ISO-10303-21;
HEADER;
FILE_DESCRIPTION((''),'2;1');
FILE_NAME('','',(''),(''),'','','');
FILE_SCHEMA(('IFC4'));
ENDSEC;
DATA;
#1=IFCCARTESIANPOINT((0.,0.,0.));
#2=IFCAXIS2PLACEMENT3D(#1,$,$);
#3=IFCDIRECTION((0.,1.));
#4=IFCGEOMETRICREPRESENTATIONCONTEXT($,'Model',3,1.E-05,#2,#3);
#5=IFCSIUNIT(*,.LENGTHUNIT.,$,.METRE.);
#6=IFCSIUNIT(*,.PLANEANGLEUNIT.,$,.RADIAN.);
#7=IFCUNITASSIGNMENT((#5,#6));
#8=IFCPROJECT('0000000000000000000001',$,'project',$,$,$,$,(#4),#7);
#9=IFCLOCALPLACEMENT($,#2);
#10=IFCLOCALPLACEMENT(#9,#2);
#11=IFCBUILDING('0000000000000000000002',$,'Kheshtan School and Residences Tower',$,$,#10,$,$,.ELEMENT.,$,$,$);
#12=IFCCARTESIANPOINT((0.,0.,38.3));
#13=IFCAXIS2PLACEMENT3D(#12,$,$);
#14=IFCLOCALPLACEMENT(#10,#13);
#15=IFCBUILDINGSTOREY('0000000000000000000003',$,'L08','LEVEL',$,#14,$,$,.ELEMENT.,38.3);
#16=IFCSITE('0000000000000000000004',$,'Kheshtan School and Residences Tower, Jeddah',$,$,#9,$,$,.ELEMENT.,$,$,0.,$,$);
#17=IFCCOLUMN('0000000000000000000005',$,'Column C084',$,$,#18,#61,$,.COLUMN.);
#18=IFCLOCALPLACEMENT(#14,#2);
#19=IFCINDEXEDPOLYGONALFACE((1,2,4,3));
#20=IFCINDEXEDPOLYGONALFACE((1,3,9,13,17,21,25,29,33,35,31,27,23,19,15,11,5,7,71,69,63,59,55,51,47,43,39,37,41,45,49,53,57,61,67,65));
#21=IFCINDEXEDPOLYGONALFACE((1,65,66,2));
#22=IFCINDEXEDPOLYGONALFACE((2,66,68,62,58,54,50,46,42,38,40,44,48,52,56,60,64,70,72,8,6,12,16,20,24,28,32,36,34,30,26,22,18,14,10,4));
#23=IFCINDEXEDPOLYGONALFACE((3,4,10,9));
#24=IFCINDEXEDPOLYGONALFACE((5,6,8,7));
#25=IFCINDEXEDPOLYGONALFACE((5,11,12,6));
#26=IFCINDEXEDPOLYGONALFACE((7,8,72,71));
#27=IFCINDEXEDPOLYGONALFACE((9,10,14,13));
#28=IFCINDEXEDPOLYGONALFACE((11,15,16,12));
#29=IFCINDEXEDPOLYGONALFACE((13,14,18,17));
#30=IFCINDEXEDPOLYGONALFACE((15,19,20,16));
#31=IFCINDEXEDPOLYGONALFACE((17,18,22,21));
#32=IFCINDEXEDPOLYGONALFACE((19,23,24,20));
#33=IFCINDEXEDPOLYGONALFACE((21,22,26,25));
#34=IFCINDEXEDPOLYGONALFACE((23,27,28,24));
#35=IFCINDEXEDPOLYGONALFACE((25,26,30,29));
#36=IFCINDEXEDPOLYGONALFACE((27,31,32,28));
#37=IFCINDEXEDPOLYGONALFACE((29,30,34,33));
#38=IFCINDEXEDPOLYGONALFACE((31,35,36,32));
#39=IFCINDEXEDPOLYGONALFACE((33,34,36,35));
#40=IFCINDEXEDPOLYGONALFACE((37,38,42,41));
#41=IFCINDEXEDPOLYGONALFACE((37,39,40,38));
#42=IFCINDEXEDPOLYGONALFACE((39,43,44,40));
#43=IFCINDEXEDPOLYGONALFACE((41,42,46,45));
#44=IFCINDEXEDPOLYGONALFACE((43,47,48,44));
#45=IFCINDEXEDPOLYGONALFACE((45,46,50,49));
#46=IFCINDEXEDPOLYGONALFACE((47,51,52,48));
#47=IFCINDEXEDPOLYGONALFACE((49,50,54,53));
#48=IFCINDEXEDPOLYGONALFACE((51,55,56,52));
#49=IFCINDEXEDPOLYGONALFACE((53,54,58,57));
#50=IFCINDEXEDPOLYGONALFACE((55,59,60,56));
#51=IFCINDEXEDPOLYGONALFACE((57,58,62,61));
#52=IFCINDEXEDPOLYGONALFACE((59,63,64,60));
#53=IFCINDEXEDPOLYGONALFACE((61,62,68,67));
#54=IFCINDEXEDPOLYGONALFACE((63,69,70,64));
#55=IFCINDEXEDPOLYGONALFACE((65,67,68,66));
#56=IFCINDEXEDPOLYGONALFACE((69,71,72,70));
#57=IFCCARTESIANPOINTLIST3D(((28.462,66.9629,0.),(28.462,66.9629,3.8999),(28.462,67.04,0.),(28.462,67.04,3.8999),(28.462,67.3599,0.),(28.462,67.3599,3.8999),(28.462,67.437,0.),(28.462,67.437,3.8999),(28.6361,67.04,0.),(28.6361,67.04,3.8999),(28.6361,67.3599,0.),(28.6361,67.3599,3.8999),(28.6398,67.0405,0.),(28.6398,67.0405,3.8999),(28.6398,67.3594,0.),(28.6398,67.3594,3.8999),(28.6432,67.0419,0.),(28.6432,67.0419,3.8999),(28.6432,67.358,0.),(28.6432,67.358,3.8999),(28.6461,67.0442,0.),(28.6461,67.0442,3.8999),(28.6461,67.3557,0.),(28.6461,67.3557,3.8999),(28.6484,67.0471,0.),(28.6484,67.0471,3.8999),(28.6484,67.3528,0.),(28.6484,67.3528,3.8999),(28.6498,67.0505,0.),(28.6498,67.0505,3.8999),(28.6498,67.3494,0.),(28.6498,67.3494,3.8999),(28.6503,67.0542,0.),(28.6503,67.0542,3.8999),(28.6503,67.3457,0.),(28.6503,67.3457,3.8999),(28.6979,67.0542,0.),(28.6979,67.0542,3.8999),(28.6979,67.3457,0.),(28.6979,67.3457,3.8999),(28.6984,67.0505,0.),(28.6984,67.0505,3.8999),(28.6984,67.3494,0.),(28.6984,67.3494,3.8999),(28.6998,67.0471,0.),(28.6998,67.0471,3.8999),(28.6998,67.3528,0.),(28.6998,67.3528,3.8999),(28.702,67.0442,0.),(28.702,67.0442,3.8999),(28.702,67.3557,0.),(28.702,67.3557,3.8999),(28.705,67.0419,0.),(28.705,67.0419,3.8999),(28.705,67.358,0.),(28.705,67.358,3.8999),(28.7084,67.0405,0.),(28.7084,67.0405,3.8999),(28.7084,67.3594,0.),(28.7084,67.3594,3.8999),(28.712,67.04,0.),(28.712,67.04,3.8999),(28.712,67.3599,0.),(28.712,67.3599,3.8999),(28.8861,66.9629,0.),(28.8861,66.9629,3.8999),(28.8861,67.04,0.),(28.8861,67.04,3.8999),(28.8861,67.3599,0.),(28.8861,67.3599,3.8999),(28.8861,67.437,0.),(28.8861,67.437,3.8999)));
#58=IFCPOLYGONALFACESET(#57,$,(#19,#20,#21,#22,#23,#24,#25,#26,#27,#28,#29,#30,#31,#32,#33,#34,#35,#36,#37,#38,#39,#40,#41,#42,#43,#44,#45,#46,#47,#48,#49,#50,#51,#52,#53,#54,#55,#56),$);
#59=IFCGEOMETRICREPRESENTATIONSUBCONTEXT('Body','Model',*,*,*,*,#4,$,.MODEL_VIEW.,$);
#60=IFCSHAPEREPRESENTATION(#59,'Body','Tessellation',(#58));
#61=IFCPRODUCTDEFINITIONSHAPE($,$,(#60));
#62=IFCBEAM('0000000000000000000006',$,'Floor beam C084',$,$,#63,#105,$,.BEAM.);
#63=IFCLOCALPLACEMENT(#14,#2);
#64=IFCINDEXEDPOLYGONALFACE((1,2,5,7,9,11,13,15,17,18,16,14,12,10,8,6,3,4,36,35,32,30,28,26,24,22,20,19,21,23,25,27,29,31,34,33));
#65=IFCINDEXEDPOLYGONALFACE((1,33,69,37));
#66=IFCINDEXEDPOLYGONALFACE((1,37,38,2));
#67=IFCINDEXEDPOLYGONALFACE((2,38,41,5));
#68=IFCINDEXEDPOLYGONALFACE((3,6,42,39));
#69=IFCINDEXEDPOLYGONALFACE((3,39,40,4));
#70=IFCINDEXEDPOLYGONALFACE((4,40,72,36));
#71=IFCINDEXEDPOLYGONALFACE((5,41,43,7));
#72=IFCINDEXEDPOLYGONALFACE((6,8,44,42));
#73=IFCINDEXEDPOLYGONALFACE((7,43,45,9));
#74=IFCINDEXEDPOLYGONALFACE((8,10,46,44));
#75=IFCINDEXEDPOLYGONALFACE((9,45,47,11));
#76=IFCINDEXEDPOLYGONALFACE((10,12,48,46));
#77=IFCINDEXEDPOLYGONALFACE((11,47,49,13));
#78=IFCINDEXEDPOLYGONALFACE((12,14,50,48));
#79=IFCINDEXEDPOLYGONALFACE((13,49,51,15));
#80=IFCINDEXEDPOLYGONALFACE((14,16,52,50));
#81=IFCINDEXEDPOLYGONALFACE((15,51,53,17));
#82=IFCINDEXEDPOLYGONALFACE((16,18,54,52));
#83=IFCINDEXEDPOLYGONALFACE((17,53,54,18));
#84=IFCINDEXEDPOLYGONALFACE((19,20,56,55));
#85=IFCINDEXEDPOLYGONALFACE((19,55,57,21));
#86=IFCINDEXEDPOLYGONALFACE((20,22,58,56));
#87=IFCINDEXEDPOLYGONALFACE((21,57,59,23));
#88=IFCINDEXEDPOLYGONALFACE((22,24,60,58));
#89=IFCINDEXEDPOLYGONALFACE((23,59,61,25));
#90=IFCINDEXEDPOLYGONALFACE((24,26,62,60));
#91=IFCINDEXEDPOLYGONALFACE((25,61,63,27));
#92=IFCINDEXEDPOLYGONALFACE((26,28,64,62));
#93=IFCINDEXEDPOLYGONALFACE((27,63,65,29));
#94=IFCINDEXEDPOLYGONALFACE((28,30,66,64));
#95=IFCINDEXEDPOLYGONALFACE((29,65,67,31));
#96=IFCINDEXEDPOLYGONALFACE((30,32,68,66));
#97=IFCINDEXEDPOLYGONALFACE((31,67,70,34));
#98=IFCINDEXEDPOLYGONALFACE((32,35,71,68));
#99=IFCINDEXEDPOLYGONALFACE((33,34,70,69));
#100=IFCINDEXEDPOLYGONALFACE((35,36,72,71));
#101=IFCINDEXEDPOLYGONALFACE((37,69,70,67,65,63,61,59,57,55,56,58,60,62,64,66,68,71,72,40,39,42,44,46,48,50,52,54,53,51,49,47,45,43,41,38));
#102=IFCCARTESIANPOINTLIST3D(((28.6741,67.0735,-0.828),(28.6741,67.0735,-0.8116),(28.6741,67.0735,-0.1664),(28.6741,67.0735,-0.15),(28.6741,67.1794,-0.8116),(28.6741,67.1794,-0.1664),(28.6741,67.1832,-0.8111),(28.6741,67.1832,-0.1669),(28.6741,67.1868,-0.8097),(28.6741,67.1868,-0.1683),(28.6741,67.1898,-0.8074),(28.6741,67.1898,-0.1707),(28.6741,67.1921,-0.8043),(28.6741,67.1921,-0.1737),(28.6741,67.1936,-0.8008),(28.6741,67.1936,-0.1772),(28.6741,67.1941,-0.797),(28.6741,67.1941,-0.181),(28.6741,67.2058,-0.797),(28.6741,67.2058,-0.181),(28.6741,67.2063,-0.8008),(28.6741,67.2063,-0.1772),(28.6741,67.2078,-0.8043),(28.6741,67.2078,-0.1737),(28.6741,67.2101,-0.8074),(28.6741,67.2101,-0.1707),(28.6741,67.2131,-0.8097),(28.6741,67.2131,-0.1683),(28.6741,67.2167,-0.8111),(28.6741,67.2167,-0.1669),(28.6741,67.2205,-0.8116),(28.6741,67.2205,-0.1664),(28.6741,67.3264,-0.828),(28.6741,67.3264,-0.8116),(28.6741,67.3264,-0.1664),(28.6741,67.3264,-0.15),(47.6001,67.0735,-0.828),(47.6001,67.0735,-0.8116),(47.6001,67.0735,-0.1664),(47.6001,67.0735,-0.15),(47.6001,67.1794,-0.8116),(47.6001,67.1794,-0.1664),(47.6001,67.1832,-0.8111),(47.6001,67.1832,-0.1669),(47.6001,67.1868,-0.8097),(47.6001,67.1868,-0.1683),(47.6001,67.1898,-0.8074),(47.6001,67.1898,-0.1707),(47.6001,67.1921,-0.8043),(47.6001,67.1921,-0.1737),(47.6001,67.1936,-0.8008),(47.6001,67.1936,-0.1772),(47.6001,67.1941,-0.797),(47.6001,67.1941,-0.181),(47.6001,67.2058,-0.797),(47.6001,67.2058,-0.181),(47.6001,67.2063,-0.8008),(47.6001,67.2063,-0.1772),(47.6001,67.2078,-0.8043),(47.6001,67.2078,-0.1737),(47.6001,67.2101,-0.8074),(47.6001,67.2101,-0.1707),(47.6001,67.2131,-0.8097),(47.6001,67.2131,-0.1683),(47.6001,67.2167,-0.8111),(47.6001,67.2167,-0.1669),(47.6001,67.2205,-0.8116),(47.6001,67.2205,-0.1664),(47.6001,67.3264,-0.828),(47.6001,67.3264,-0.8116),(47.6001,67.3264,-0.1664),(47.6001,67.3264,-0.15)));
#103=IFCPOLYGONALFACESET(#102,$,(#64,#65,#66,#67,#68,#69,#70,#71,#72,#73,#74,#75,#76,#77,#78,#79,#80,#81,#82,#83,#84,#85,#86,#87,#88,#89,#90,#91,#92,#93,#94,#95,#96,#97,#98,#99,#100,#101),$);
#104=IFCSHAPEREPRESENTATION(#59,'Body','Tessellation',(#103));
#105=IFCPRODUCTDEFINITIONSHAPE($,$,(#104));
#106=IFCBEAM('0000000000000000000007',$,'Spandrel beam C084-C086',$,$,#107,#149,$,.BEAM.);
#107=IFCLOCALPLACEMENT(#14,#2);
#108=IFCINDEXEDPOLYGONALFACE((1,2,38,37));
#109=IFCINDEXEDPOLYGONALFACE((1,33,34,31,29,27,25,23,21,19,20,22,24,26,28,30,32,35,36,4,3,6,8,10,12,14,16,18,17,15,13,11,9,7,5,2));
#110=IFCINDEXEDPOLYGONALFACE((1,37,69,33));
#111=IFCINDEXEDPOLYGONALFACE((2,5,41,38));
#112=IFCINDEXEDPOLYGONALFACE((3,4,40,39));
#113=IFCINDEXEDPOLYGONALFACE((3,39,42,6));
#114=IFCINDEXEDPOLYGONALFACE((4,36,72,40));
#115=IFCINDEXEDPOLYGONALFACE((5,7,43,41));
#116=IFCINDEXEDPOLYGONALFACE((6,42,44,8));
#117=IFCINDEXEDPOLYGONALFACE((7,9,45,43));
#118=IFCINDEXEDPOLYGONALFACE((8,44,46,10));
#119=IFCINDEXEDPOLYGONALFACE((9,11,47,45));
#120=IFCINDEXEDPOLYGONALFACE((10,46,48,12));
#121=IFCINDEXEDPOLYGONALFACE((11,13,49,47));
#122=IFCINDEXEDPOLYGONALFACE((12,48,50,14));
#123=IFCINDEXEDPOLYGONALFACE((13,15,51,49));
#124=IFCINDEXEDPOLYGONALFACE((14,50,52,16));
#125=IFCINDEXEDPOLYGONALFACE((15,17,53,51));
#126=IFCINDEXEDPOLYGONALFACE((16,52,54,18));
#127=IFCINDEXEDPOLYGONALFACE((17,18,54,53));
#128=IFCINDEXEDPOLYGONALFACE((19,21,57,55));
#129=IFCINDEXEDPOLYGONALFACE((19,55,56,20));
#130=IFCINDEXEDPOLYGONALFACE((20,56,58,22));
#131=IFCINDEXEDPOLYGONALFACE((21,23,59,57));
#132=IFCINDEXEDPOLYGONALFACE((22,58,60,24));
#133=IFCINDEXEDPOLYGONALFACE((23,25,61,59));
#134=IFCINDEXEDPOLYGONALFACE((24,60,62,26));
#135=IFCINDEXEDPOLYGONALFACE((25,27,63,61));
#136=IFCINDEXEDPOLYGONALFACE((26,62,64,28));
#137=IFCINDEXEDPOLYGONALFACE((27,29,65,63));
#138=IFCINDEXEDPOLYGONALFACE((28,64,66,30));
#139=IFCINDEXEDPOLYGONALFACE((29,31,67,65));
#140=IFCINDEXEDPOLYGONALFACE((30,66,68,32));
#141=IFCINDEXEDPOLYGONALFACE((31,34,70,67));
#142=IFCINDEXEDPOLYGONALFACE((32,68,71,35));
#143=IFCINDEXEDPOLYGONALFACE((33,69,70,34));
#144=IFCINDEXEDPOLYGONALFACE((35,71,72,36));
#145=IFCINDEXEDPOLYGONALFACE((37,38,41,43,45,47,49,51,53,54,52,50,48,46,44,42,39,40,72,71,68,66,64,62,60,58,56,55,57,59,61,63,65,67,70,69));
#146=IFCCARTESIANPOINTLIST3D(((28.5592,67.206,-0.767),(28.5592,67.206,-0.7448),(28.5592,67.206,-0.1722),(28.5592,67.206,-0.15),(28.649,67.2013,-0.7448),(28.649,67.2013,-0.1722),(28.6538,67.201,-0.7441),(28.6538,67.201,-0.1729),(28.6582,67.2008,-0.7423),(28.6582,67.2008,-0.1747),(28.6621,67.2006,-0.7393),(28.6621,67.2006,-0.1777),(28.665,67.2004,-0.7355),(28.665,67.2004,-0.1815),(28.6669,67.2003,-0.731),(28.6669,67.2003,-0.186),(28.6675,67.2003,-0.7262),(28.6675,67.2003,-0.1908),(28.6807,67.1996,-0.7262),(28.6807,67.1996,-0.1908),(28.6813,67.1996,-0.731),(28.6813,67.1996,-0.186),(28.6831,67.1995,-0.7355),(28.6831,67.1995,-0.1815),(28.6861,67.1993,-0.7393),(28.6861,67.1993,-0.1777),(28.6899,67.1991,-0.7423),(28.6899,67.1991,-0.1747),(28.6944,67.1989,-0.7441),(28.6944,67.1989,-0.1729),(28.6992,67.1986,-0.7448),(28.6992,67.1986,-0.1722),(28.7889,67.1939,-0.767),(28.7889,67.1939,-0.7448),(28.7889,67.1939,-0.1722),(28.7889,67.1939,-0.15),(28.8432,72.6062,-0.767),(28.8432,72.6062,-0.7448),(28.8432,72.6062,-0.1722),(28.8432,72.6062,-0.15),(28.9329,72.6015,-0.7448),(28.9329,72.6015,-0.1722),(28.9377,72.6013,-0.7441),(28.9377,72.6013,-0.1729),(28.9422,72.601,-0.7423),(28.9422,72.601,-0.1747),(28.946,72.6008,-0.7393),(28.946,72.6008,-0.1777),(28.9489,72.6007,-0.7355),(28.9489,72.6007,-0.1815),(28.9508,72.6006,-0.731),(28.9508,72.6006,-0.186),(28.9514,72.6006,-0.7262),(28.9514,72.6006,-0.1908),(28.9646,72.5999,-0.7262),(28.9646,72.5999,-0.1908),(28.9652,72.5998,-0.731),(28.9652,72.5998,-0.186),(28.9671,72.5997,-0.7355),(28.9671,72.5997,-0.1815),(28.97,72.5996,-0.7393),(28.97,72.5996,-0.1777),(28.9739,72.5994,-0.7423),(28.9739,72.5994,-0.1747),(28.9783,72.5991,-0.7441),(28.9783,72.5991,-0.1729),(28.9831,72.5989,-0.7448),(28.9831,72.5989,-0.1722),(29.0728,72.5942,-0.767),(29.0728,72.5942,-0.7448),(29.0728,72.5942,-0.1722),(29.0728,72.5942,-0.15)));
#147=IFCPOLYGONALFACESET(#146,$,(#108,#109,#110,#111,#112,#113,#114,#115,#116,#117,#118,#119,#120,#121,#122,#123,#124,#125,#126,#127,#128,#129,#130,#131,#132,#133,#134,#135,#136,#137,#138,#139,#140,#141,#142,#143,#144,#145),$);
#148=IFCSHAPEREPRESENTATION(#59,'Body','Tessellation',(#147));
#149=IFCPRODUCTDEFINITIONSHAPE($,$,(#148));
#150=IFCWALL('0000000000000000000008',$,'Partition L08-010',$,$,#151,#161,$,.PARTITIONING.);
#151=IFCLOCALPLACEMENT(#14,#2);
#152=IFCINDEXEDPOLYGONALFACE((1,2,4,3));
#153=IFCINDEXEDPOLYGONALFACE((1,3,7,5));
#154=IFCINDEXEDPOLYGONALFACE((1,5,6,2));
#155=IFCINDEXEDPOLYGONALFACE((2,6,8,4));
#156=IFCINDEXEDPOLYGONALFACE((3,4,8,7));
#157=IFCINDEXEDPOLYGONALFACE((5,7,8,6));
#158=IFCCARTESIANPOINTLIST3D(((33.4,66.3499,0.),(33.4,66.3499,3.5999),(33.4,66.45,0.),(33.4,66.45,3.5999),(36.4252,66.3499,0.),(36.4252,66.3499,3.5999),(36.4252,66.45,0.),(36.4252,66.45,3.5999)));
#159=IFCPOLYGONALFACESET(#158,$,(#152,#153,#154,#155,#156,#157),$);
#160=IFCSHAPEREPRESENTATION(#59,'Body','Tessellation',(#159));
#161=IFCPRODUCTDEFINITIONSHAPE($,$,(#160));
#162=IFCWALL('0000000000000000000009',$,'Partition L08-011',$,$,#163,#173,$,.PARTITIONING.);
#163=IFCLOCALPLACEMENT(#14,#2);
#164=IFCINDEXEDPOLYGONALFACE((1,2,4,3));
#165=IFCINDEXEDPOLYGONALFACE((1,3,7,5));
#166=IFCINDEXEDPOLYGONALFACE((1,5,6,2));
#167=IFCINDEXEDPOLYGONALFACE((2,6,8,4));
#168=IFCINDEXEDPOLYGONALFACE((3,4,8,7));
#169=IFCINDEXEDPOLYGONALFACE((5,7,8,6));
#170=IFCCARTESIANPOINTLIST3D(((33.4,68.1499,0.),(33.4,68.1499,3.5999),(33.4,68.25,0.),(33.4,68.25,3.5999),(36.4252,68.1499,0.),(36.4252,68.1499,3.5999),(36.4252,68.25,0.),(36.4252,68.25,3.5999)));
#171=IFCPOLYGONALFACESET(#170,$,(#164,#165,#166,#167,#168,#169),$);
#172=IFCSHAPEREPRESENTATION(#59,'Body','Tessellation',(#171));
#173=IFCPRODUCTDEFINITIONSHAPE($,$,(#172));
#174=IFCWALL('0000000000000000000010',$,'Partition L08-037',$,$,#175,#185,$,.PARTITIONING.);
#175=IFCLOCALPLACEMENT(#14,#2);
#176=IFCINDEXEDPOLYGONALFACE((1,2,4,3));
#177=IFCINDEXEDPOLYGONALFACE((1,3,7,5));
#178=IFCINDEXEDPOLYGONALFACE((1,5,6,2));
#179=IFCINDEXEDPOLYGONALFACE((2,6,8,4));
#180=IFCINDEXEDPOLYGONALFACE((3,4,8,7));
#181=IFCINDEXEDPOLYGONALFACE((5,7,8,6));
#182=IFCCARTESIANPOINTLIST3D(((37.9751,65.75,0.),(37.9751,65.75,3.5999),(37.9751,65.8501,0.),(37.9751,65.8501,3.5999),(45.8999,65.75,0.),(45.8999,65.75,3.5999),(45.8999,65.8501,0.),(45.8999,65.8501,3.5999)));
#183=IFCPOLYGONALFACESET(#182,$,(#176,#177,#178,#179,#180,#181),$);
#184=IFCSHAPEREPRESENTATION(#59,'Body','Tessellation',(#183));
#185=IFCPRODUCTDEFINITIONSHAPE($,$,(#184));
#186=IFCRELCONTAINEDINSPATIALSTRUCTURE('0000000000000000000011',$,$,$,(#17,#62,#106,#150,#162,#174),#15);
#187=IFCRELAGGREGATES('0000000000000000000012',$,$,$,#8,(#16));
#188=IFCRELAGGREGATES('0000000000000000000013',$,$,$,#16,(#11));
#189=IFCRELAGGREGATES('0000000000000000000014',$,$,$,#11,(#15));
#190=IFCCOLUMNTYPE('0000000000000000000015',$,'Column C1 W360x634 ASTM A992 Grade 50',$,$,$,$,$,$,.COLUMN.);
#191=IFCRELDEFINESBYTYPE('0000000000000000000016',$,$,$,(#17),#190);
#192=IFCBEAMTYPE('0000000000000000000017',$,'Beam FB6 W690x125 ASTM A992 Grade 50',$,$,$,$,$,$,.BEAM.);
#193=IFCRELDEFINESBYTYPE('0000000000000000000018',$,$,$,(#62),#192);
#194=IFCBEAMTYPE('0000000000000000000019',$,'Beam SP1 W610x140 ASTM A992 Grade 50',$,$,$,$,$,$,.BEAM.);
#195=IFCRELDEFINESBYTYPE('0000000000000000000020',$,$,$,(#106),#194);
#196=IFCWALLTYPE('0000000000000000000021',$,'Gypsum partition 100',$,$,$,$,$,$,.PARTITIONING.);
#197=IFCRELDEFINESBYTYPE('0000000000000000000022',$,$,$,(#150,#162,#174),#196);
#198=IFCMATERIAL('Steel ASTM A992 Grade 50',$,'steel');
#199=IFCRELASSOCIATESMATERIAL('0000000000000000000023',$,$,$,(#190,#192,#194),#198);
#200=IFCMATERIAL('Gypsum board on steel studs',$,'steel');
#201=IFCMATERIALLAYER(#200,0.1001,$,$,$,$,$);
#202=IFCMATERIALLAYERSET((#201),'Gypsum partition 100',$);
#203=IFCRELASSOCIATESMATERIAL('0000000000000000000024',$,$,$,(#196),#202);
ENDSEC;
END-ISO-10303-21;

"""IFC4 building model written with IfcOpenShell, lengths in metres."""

from ifc_helpers import new_model, si_unit, direction, frame, frame_2d, origin, origin_2d, place, context, subcontext, project, spatial, rectangle, i_section, extrude, material, layer, layer_set, material_profile, profile_set, type_object, element, save


model = new_model("IFC4")

# Units and contexts
model_context = context("Model", 3, precision=1e-05, world=origin(), true_north=direction((0.0, 1.0)))
body_context = subcontext(model_context, "Body", "Model", "MODEL_VIEW")
ifc_project = project(units=[si_unit("LENGTHUNIT", "METRE"), si_unit("PLANEANGLEUNIT", "RADIAN")], contexts=[model_context])

# Site, building, storey
site_placement = place(None, origin())
site = spatial("IfcSite", under=ifc_project, at=site_placement, Name="Kheshtan School and Residences Tower, Jeddah", CompositionType="ELEMENT", RefElevation=0.0)
building_placement = place(site_placement, origin())
building = spatial("IfcBuilding", under=site, at=building_placement, Name="Kheshtan School and Residences Tower", CompositionType="ELEMENT")
storey_placement = place(building_placement, frame((0.0, 0.0, 38.3)))
storey = spatial("IfcBuildingStorey", under=building, at=storey_placement, Name="L08", Description="LEVEL", CompositionType="ELEMENT", Elevation=38.3)

# Column
ifc_material_1 = material(Name="Steel ASTM A992 Grade 50", Category="steel")
ifc_material_profile_1 = material_profile(ifc_material_1, i_section(OverallWidth=0.4241, OverallDepth=0.4741, WebThickness=0.0476, FlangeThickness=0.0771, FilletRadius=0.0142, at=origin_2d()), Name="W360x634")
ifc_profile_set_1 = profile_set([ifc_material_profile_1], Name="Steel ASTM A992 Grade 50")
column_type = type_object("IfcColumnType", Name="Column C1 W360x634 ASTM A992 Grade 50", PredefinedType="COLUMN", material=ifc_profile_set_1)
column_placement = place(storey_placement, frame((28.6741, 67.2, 0.0), z_axis=(0.0, 0.0, 1.0), x_axis=(1.0, 0.0, 0.0)))
element("IfcColumn", 1, at=column_placement, inside=storey, type_object=column_type, Name="Column C084", PredefinedType="COLUMN", context=body_context, shape_type="SweptSolid", body=[
    extrude(i_section(OverallWidth=0.4241, OverallDepth=0.4741, WebThickness=0.0476, FlangeThickness=0.0771, FilletRadius=0.0142, at=origin_2d()), origin(), (0.0, 0.0, 1.0), 3.8999),
])

# Beams
ifc_material_profile_2 = material_profile(ifc_material_1, i_section(OverallWidth=0.2529, OverallDepth=0.678, WebThickness=0.0117, FlangeThickness=0.0164, FilletRadius=0.0146, at=origin_2d()), Name="W690x125")
ifc_profile_set_2 = profile_set([ifc_material_profile_2], Name="Steel ASTM A992 Grade 50")
beam_type_1 = type_object("IfcBeamType", Name="Beam FB6 W690x125 ASTM A992 Grade 50", PredefinedType="BEAM", material=ifc_profile_set_2)
beam_1_placement = place(storey_placement, frame((28.6741, 67.2, -0.489), z_axis=(1.0, 0.0, 0.0), x_axis=(0.0, 1.0, 0.0)))
element("IfcBeam", 2, at=beam_1_placement, inside=storey, type_object=beam_type_1, Name="Floor beam C084", PredefinedType="BEAM", context=body_context, shape_type="SweptSolid", body=[
    extrude(i_section(OverallWidth=0.2529, OverallDepth=0.678, WebThickness=0.0117, FlangeThickness=0.0164, FilletRadius=0.0146, at=origin_2d()), origin(), (0.0, 0.0, 1.0), 18.926),
])
ifc_material_profile_3 = material_profile(ifc_material_1, i_section(OverallWidth=0.23, OverallDepth=0.6169, WebThickness=0.0132, FlangeThickness=0.0222, FilletRadius=0.0186, at=origin_2d()), Name="W610x140")
ifc_profile_set_3 = profile_set([ifc_material_profile_3], Name="Steel ASTM A992 Grade 50")
beam_type_2 = type_object("IfcBeamType", Name="Beam SP1 W610x140 ASTM A992 Grade 50", PredefinedType="BEAM", material=ifc_profile_set_3)
beam_2_placement = place(storey_placement, frame((28.6741, 67.2, -0.4585), z_axis=(0.052507, 0.998621, 0.0), x_axis=(-0.998621, 0.052507, 0.0)))
element("IfcBeam", 3, at=beam_2_placement, inside=storey, type_object=beam_type_2, Name="Spandrel beam C084-C086", PredefinedType="BEAM", context=body_context, shape_type="SweptSolid", body=[
    extrude(i_section(OverallWidth=0.23, OverallDepth=0.6169, WebThickness=0.0132, FlangeThickness=0.0222, FilletRadius=0.0186, at=origin_2d()), origin(), (0.0, 0.0, 1.0), 5.4077),
])

# Walls
ifc_material_2 = material(Name="Gypsum board on steel studs", Category="steel")
ifc_layer_1 = layer(ifc_material_2, 0.1001)
ifc_layer_set_1 = layer_set([ifc_layer_1], Name="Gypsum partition 100")
wall_type_1 = type_object("IfcWallType", Name="Gypsum partition 100", PredefinedType="PARTITIONING", material=ifc_layer_set_1)
for number, where, z_axis, x_axis, name in (
    (4, (33.3999, 66.3999, 0.0), (0.0, 0.0, 1.0), (1.0, 0.0, 0.0), "Partition L08-010"),
    (5, (33.3999, 68.2, 0.0), (0.0, 0.0, 1.0), (1.0, 0.0, 0.0), "Partition L08-011"),
):
    element("IfcWall", number, at=place(storey_placement, frame(where, z_axis=z_axis, x_axis=x_axis)), inside=storey, type_object=wall_type_1, Name=name, PredefinedType="PARTITIONING", context=body_context, shape_type="SweptSolid", body=[
        extrude(rectangle(XDim=3.0251, YDim=0.1001, at=frame_2d((1.5127, 0.0))), origin(), (0.0, 0.0, 1.0), 3.5999),
    ])
wall_1_placement = place(storey_placement, frame((37.9751, 65.8, 0.0), z_axis=(0.0, 0.0, 1.0), x_axis=(1.0, 0.0, 0.0)))
element("IfcWall", 6, at=wall_1_placement, inside=storey, type_object=wall_type_1, Name="Partition L08-037", PredefinedType="PARTITIONING", context=body_context, shape_type="SweptSolid", body=[
    extrude(rectangle(XDim=7.9248, YDim=0.1001, at=frame_2d((3.9624, 0.0))), origin(), (0.0, 0.0, 1.0), 3.5999),
])

save(model, "model.ifc")
